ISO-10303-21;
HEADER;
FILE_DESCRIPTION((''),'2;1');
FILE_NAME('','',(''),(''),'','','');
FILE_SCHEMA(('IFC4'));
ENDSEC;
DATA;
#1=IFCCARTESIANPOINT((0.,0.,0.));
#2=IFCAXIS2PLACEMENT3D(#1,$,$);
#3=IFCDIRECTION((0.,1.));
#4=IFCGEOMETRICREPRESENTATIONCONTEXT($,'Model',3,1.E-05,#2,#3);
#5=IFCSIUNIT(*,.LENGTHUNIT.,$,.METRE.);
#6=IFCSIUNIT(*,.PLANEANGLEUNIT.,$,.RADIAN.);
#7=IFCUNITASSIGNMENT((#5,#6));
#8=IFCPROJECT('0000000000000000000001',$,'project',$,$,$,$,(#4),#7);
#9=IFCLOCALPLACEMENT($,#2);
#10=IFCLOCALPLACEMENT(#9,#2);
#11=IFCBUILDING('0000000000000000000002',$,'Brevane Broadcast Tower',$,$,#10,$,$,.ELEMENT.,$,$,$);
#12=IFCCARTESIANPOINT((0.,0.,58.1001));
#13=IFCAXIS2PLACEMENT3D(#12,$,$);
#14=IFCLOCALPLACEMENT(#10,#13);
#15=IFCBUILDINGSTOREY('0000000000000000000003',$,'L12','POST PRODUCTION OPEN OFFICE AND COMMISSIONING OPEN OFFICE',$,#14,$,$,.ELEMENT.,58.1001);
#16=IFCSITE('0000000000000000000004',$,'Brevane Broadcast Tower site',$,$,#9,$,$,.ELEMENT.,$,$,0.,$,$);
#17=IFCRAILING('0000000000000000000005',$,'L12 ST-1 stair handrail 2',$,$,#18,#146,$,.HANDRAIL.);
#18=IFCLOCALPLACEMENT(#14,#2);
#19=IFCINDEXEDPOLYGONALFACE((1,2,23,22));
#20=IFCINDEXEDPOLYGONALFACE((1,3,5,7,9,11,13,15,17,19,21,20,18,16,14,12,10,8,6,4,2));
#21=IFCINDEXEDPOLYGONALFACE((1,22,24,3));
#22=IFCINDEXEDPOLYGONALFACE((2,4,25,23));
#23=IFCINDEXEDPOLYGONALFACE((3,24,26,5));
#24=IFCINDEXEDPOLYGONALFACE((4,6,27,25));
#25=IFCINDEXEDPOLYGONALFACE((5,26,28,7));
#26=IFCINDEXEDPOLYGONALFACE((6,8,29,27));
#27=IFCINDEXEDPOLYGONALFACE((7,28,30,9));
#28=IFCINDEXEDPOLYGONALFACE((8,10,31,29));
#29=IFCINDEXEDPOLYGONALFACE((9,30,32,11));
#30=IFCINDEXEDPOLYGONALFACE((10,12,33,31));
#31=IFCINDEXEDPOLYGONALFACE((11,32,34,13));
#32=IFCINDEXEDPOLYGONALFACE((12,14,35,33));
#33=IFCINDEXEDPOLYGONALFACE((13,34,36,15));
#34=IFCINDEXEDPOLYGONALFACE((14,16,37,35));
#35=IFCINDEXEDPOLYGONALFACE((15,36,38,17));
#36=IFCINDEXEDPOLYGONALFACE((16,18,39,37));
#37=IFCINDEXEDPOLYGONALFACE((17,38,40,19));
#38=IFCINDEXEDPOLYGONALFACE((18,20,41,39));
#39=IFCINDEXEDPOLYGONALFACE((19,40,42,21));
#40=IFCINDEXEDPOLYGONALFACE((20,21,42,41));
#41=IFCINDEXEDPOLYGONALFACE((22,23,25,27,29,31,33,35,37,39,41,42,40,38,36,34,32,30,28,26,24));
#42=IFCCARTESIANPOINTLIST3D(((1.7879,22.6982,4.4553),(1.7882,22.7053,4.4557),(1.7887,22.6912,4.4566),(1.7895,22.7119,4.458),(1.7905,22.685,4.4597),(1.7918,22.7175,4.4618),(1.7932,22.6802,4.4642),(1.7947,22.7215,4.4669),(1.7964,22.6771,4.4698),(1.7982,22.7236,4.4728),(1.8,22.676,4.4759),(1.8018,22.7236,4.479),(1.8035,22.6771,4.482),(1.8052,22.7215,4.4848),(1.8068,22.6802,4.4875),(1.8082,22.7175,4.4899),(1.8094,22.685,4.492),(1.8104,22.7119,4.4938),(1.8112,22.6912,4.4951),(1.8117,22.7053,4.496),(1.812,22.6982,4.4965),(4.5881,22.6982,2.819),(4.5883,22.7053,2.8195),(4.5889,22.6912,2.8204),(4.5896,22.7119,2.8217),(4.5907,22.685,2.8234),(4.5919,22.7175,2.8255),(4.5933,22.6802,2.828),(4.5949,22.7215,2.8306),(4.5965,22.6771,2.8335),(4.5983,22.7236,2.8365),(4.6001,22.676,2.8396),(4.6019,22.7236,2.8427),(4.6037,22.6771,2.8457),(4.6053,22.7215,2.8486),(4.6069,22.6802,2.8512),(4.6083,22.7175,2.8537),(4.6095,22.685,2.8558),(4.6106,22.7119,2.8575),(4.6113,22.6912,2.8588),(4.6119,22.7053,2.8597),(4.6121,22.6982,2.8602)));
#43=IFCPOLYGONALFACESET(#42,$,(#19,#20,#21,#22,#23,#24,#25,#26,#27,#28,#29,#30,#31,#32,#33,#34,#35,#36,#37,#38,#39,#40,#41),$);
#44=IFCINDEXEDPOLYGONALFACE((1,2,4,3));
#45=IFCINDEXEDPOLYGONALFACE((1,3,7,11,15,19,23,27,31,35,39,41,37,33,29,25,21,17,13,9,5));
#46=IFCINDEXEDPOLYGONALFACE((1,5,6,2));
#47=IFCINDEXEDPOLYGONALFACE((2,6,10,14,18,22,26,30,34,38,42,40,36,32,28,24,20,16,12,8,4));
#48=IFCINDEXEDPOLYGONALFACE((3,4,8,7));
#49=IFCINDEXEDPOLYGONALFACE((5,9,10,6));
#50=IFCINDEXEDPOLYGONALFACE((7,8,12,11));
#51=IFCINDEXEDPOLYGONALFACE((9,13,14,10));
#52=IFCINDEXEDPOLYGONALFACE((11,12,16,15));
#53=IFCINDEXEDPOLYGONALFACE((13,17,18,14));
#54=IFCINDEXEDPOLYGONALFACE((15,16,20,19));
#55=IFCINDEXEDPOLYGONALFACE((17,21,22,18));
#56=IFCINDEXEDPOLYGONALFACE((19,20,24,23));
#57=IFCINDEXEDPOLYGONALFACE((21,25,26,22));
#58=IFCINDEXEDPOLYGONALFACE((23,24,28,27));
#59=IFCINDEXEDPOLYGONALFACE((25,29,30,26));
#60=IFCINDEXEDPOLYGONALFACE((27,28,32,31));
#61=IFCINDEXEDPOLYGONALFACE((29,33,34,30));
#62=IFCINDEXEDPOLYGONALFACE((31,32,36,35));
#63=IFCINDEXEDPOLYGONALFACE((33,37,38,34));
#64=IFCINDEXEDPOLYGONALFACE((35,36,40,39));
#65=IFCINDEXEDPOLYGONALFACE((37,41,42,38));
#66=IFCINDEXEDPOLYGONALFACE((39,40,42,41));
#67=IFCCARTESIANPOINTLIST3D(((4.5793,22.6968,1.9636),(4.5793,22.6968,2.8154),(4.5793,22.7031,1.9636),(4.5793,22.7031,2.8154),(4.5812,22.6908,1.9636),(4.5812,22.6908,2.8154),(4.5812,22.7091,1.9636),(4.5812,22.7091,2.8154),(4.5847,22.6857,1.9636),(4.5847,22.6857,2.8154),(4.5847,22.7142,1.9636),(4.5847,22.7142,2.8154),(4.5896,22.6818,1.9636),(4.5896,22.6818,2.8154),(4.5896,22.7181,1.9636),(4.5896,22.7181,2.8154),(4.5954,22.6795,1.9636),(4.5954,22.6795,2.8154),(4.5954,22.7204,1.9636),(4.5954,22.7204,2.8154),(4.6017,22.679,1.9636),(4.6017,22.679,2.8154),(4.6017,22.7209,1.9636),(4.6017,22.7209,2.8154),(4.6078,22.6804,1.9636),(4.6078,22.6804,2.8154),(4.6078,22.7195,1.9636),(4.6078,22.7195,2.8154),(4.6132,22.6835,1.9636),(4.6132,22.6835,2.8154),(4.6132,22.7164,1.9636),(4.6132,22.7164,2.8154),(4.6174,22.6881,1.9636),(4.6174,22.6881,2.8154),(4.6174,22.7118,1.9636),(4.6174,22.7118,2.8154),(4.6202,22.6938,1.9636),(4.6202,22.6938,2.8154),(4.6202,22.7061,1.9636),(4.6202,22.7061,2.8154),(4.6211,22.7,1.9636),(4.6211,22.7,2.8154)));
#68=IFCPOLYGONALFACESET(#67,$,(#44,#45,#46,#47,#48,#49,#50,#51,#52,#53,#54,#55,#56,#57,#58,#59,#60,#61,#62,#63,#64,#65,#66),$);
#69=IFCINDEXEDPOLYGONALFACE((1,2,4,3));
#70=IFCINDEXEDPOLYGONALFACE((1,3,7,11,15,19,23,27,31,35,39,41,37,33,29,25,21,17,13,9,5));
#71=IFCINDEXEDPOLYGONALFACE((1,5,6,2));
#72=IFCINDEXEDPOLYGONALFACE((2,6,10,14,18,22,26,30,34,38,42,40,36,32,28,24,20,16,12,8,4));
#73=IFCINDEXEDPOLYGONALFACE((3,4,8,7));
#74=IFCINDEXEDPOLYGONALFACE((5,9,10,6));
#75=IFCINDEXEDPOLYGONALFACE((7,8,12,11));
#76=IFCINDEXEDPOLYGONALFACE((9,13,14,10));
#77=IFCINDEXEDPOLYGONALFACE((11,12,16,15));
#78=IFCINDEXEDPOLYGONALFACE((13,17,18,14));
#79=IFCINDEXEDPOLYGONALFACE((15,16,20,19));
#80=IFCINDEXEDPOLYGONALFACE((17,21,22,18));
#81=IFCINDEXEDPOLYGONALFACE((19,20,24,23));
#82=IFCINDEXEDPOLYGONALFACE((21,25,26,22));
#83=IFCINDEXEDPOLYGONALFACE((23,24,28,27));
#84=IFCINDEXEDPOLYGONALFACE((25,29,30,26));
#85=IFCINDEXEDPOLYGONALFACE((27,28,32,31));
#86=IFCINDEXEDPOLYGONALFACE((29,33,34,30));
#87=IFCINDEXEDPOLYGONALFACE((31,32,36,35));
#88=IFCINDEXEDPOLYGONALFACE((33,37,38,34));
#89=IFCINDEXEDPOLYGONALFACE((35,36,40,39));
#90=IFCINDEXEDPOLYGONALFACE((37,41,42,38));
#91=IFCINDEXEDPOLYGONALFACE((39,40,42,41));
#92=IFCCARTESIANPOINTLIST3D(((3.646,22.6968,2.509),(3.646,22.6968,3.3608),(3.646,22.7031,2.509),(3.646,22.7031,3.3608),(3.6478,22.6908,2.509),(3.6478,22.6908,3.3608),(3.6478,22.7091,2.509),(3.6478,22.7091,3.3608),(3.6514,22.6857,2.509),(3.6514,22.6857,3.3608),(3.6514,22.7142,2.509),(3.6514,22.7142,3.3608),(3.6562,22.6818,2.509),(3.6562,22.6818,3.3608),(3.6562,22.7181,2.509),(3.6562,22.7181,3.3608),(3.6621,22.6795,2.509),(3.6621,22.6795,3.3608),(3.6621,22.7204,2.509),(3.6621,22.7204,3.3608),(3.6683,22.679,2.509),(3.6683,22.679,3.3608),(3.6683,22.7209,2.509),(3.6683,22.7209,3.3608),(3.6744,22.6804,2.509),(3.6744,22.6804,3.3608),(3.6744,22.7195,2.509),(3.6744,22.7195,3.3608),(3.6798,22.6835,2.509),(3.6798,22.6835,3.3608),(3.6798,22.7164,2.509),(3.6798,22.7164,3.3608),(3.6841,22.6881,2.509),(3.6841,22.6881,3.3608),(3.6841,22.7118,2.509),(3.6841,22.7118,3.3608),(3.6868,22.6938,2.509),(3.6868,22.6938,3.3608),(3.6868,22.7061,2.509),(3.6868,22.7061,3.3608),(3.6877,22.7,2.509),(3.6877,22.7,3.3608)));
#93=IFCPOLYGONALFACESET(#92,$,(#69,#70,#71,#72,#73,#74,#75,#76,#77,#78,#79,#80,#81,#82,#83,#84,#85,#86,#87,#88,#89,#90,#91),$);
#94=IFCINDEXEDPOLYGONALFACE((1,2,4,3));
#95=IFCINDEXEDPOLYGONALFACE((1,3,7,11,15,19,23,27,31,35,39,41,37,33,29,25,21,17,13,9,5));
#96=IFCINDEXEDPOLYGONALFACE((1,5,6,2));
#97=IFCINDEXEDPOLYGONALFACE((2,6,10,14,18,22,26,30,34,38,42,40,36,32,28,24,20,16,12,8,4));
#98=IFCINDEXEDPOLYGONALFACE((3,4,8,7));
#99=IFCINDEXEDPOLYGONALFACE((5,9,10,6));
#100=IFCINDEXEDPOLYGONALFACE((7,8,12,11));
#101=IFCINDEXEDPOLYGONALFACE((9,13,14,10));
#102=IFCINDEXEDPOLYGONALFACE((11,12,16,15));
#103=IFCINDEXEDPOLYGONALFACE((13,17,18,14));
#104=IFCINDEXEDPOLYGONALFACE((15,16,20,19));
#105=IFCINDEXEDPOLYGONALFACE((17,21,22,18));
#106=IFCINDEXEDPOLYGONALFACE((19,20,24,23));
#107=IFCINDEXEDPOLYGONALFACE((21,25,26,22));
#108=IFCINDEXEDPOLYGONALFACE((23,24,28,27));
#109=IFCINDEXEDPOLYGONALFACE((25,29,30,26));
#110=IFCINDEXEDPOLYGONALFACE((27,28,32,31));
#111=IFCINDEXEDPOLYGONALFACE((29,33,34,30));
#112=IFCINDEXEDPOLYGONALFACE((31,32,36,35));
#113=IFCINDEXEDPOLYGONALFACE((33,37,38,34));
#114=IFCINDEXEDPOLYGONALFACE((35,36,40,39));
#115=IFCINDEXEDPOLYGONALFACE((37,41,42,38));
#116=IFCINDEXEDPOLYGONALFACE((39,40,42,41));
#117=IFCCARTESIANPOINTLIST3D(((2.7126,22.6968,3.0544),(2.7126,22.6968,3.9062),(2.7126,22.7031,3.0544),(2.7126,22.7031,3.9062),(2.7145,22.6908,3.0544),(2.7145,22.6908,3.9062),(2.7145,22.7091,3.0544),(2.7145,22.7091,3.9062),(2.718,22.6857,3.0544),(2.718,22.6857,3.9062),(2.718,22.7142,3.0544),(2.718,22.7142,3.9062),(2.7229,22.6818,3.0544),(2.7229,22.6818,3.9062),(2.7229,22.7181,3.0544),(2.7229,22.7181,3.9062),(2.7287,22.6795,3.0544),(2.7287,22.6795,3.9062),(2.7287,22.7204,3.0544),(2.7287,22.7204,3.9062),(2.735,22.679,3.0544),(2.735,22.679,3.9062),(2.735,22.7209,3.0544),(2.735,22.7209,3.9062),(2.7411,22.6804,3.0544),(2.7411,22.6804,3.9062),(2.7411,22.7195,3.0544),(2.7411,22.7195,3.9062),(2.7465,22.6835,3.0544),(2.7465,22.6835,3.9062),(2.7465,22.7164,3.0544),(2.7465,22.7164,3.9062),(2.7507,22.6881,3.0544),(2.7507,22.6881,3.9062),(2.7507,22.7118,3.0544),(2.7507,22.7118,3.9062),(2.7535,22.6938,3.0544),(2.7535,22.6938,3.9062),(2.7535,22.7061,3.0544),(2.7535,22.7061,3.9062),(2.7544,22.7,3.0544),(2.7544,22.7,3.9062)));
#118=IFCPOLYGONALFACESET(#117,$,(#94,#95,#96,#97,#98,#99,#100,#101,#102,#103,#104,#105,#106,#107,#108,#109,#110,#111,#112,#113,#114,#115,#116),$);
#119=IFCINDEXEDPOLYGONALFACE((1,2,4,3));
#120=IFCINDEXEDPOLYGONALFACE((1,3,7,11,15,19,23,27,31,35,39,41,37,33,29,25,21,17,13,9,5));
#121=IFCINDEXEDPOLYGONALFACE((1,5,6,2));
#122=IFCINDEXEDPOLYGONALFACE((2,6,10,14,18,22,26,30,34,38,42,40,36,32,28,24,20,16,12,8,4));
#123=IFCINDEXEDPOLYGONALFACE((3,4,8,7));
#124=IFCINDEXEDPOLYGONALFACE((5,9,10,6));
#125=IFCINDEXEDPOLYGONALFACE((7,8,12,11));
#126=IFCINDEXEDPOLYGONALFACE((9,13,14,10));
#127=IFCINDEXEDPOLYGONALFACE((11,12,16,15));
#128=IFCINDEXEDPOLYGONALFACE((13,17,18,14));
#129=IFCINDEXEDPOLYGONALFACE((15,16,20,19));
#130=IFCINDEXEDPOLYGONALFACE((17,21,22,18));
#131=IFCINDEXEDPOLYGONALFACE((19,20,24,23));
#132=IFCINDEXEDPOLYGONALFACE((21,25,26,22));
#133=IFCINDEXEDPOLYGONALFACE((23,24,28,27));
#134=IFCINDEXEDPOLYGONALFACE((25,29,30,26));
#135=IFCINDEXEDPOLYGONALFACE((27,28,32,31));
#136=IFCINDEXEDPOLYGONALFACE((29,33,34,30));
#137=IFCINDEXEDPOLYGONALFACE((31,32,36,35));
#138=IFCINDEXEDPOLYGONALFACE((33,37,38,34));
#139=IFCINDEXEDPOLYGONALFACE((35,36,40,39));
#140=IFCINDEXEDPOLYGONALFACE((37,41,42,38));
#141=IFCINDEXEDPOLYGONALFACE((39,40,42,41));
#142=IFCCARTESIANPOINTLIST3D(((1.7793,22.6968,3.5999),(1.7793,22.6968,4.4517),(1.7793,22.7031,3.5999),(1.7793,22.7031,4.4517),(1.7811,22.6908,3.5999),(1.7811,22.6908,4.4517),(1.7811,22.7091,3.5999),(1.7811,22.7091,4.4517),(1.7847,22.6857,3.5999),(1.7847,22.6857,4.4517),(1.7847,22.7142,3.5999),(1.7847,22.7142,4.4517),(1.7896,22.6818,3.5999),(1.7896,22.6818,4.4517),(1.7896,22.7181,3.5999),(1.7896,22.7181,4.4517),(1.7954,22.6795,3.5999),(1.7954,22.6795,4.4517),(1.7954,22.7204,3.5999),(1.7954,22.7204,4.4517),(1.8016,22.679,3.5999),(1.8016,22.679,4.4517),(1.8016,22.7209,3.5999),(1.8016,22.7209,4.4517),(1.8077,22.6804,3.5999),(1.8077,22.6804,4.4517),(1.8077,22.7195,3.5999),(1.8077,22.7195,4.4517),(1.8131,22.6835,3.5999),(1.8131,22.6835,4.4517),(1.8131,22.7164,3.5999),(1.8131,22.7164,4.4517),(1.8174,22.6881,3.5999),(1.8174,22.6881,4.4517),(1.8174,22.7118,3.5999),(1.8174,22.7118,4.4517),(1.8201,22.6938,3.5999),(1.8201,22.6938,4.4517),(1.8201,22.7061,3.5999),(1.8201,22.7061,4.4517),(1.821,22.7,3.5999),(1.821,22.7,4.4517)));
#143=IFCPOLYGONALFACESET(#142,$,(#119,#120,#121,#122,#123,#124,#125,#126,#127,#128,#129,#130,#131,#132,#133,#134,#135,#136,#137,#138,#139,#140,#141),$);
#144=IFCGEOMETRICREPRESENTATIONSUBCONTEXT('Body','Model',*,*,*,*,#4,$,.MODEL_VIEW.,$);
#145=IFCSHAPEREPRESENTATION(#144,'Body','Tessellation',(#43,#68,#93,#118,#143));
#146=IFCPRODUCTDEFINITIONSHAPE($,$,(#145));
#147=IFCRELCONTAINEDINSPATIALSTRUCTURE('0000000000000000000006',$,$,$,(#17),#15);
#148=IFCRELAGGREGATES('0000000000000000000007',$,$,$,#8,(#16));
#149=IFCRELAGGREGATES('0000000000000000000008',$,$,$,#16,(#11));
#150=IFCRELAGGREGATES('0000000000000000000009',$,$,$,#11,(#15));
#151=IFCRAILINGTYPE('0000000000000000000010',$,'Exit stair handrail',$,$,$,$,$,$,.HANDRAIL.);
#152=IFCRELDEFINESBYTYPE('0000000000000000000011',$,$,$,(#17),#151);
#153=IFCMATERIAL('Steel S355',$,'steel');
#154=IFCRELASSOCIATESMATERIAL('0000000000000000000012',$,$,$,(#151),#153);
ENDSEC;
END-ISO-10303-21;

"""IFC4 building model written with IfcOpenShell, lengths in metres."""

from ifc_helpers import new_model, si_unit, direction, frame, origin, origin_2d, place, context, subcontext, project, spatial, circle, extrude, material, type_object, element, save


model = new_model("IFC4")

# Units and contexts
model_context = context("Model", 3, precision=1e-05, world=origin(), true_north=direction((0.0, 1.0)))
body_context = subcontext(model_context, "Body", "Model", "MODEL_VIEW")
ifc_project = project(units=[si_unit("LENGTHUNIT", "METRE"), si_unit("PLANEANGLEUNIT", "RADIAN")], contexts=[model_context])

# Site, building, storey
site_placement = place(None, origin())
site = spatial("IfcSite", under=ifc_project, at=site_placement, Name="Brevane Broadcast Tower site", CompositionType="ELEMENT", RefElevation=0.0)
building_placement = place(site_placement, origin())
building = spatial("IfcBuilding", under=site, at=building_placement, Name="Brevane Broadcast Tower", CompositionType="ELEMENT")
storey_placement = place(building_placement, frame((0.0, 0.0, 58.1001)))
storey = spatial("IfcBuildingStorey", under=building, at=storey_placement, Name="L12", Description="POST PRODUCTION OPEN OFFICE AND COMMISSIONING OPEN OFFICE", CompositionType="ELEMENT", Elevation=58.1001)

# Railing
ifc_material_1 = material(Name="Steel S355", Category="steel")
railing_type_1 = type_object("IfcRailingType", Name="Exit stair handrail", PredefinedType="HANDRAIL", material=ifc_material_1)
railing_1_placement = place(storey_placement, frame((4.6001, 22.7, 1.9636)))
element("IfcRailing", 1, at=railing_1_placement, inside=storey, type_object=railing_type_1, Name="L12 ST-1 stair handrail 2", PredefinedType="HANDRAIL", context=body_context, shape_type="SweptSolid", body=[
    extrude(circle(Radius=0.0239, at=origin_2d()), frame((0.0, 0.0, 0.876), z_axis=(-0.863394, 0.0, 0.504531), x_axis=(0.0, -1.0, 0.0)), (0.0, 0.0, 1.0), 3.2432),
    extrude(circle(Radius=0.021, at=origin_2d()), origin(), (0.0, 0.0, 1.0), 0.8518),
    extrude(circle(Radius=0.021, at=origin_2d()), frame((-0.9333, 0.0, 0.5454)), (0.0, 0.0, 1.0), 0.8518),
    extrude(circle(Radius=0.021, at=origin_2d()), frame((-1.8667, 0.0, 1.0908)), (0.0, 0.0, 1.0), 0.8518),
    extrude(circle(Radius=0.021, at=origin_2d()), frame((-2.8, 0.0, 1.6362)), (0.0, 0.0, 1.0), 0.8518),
])

save(model, "model.ifc")
